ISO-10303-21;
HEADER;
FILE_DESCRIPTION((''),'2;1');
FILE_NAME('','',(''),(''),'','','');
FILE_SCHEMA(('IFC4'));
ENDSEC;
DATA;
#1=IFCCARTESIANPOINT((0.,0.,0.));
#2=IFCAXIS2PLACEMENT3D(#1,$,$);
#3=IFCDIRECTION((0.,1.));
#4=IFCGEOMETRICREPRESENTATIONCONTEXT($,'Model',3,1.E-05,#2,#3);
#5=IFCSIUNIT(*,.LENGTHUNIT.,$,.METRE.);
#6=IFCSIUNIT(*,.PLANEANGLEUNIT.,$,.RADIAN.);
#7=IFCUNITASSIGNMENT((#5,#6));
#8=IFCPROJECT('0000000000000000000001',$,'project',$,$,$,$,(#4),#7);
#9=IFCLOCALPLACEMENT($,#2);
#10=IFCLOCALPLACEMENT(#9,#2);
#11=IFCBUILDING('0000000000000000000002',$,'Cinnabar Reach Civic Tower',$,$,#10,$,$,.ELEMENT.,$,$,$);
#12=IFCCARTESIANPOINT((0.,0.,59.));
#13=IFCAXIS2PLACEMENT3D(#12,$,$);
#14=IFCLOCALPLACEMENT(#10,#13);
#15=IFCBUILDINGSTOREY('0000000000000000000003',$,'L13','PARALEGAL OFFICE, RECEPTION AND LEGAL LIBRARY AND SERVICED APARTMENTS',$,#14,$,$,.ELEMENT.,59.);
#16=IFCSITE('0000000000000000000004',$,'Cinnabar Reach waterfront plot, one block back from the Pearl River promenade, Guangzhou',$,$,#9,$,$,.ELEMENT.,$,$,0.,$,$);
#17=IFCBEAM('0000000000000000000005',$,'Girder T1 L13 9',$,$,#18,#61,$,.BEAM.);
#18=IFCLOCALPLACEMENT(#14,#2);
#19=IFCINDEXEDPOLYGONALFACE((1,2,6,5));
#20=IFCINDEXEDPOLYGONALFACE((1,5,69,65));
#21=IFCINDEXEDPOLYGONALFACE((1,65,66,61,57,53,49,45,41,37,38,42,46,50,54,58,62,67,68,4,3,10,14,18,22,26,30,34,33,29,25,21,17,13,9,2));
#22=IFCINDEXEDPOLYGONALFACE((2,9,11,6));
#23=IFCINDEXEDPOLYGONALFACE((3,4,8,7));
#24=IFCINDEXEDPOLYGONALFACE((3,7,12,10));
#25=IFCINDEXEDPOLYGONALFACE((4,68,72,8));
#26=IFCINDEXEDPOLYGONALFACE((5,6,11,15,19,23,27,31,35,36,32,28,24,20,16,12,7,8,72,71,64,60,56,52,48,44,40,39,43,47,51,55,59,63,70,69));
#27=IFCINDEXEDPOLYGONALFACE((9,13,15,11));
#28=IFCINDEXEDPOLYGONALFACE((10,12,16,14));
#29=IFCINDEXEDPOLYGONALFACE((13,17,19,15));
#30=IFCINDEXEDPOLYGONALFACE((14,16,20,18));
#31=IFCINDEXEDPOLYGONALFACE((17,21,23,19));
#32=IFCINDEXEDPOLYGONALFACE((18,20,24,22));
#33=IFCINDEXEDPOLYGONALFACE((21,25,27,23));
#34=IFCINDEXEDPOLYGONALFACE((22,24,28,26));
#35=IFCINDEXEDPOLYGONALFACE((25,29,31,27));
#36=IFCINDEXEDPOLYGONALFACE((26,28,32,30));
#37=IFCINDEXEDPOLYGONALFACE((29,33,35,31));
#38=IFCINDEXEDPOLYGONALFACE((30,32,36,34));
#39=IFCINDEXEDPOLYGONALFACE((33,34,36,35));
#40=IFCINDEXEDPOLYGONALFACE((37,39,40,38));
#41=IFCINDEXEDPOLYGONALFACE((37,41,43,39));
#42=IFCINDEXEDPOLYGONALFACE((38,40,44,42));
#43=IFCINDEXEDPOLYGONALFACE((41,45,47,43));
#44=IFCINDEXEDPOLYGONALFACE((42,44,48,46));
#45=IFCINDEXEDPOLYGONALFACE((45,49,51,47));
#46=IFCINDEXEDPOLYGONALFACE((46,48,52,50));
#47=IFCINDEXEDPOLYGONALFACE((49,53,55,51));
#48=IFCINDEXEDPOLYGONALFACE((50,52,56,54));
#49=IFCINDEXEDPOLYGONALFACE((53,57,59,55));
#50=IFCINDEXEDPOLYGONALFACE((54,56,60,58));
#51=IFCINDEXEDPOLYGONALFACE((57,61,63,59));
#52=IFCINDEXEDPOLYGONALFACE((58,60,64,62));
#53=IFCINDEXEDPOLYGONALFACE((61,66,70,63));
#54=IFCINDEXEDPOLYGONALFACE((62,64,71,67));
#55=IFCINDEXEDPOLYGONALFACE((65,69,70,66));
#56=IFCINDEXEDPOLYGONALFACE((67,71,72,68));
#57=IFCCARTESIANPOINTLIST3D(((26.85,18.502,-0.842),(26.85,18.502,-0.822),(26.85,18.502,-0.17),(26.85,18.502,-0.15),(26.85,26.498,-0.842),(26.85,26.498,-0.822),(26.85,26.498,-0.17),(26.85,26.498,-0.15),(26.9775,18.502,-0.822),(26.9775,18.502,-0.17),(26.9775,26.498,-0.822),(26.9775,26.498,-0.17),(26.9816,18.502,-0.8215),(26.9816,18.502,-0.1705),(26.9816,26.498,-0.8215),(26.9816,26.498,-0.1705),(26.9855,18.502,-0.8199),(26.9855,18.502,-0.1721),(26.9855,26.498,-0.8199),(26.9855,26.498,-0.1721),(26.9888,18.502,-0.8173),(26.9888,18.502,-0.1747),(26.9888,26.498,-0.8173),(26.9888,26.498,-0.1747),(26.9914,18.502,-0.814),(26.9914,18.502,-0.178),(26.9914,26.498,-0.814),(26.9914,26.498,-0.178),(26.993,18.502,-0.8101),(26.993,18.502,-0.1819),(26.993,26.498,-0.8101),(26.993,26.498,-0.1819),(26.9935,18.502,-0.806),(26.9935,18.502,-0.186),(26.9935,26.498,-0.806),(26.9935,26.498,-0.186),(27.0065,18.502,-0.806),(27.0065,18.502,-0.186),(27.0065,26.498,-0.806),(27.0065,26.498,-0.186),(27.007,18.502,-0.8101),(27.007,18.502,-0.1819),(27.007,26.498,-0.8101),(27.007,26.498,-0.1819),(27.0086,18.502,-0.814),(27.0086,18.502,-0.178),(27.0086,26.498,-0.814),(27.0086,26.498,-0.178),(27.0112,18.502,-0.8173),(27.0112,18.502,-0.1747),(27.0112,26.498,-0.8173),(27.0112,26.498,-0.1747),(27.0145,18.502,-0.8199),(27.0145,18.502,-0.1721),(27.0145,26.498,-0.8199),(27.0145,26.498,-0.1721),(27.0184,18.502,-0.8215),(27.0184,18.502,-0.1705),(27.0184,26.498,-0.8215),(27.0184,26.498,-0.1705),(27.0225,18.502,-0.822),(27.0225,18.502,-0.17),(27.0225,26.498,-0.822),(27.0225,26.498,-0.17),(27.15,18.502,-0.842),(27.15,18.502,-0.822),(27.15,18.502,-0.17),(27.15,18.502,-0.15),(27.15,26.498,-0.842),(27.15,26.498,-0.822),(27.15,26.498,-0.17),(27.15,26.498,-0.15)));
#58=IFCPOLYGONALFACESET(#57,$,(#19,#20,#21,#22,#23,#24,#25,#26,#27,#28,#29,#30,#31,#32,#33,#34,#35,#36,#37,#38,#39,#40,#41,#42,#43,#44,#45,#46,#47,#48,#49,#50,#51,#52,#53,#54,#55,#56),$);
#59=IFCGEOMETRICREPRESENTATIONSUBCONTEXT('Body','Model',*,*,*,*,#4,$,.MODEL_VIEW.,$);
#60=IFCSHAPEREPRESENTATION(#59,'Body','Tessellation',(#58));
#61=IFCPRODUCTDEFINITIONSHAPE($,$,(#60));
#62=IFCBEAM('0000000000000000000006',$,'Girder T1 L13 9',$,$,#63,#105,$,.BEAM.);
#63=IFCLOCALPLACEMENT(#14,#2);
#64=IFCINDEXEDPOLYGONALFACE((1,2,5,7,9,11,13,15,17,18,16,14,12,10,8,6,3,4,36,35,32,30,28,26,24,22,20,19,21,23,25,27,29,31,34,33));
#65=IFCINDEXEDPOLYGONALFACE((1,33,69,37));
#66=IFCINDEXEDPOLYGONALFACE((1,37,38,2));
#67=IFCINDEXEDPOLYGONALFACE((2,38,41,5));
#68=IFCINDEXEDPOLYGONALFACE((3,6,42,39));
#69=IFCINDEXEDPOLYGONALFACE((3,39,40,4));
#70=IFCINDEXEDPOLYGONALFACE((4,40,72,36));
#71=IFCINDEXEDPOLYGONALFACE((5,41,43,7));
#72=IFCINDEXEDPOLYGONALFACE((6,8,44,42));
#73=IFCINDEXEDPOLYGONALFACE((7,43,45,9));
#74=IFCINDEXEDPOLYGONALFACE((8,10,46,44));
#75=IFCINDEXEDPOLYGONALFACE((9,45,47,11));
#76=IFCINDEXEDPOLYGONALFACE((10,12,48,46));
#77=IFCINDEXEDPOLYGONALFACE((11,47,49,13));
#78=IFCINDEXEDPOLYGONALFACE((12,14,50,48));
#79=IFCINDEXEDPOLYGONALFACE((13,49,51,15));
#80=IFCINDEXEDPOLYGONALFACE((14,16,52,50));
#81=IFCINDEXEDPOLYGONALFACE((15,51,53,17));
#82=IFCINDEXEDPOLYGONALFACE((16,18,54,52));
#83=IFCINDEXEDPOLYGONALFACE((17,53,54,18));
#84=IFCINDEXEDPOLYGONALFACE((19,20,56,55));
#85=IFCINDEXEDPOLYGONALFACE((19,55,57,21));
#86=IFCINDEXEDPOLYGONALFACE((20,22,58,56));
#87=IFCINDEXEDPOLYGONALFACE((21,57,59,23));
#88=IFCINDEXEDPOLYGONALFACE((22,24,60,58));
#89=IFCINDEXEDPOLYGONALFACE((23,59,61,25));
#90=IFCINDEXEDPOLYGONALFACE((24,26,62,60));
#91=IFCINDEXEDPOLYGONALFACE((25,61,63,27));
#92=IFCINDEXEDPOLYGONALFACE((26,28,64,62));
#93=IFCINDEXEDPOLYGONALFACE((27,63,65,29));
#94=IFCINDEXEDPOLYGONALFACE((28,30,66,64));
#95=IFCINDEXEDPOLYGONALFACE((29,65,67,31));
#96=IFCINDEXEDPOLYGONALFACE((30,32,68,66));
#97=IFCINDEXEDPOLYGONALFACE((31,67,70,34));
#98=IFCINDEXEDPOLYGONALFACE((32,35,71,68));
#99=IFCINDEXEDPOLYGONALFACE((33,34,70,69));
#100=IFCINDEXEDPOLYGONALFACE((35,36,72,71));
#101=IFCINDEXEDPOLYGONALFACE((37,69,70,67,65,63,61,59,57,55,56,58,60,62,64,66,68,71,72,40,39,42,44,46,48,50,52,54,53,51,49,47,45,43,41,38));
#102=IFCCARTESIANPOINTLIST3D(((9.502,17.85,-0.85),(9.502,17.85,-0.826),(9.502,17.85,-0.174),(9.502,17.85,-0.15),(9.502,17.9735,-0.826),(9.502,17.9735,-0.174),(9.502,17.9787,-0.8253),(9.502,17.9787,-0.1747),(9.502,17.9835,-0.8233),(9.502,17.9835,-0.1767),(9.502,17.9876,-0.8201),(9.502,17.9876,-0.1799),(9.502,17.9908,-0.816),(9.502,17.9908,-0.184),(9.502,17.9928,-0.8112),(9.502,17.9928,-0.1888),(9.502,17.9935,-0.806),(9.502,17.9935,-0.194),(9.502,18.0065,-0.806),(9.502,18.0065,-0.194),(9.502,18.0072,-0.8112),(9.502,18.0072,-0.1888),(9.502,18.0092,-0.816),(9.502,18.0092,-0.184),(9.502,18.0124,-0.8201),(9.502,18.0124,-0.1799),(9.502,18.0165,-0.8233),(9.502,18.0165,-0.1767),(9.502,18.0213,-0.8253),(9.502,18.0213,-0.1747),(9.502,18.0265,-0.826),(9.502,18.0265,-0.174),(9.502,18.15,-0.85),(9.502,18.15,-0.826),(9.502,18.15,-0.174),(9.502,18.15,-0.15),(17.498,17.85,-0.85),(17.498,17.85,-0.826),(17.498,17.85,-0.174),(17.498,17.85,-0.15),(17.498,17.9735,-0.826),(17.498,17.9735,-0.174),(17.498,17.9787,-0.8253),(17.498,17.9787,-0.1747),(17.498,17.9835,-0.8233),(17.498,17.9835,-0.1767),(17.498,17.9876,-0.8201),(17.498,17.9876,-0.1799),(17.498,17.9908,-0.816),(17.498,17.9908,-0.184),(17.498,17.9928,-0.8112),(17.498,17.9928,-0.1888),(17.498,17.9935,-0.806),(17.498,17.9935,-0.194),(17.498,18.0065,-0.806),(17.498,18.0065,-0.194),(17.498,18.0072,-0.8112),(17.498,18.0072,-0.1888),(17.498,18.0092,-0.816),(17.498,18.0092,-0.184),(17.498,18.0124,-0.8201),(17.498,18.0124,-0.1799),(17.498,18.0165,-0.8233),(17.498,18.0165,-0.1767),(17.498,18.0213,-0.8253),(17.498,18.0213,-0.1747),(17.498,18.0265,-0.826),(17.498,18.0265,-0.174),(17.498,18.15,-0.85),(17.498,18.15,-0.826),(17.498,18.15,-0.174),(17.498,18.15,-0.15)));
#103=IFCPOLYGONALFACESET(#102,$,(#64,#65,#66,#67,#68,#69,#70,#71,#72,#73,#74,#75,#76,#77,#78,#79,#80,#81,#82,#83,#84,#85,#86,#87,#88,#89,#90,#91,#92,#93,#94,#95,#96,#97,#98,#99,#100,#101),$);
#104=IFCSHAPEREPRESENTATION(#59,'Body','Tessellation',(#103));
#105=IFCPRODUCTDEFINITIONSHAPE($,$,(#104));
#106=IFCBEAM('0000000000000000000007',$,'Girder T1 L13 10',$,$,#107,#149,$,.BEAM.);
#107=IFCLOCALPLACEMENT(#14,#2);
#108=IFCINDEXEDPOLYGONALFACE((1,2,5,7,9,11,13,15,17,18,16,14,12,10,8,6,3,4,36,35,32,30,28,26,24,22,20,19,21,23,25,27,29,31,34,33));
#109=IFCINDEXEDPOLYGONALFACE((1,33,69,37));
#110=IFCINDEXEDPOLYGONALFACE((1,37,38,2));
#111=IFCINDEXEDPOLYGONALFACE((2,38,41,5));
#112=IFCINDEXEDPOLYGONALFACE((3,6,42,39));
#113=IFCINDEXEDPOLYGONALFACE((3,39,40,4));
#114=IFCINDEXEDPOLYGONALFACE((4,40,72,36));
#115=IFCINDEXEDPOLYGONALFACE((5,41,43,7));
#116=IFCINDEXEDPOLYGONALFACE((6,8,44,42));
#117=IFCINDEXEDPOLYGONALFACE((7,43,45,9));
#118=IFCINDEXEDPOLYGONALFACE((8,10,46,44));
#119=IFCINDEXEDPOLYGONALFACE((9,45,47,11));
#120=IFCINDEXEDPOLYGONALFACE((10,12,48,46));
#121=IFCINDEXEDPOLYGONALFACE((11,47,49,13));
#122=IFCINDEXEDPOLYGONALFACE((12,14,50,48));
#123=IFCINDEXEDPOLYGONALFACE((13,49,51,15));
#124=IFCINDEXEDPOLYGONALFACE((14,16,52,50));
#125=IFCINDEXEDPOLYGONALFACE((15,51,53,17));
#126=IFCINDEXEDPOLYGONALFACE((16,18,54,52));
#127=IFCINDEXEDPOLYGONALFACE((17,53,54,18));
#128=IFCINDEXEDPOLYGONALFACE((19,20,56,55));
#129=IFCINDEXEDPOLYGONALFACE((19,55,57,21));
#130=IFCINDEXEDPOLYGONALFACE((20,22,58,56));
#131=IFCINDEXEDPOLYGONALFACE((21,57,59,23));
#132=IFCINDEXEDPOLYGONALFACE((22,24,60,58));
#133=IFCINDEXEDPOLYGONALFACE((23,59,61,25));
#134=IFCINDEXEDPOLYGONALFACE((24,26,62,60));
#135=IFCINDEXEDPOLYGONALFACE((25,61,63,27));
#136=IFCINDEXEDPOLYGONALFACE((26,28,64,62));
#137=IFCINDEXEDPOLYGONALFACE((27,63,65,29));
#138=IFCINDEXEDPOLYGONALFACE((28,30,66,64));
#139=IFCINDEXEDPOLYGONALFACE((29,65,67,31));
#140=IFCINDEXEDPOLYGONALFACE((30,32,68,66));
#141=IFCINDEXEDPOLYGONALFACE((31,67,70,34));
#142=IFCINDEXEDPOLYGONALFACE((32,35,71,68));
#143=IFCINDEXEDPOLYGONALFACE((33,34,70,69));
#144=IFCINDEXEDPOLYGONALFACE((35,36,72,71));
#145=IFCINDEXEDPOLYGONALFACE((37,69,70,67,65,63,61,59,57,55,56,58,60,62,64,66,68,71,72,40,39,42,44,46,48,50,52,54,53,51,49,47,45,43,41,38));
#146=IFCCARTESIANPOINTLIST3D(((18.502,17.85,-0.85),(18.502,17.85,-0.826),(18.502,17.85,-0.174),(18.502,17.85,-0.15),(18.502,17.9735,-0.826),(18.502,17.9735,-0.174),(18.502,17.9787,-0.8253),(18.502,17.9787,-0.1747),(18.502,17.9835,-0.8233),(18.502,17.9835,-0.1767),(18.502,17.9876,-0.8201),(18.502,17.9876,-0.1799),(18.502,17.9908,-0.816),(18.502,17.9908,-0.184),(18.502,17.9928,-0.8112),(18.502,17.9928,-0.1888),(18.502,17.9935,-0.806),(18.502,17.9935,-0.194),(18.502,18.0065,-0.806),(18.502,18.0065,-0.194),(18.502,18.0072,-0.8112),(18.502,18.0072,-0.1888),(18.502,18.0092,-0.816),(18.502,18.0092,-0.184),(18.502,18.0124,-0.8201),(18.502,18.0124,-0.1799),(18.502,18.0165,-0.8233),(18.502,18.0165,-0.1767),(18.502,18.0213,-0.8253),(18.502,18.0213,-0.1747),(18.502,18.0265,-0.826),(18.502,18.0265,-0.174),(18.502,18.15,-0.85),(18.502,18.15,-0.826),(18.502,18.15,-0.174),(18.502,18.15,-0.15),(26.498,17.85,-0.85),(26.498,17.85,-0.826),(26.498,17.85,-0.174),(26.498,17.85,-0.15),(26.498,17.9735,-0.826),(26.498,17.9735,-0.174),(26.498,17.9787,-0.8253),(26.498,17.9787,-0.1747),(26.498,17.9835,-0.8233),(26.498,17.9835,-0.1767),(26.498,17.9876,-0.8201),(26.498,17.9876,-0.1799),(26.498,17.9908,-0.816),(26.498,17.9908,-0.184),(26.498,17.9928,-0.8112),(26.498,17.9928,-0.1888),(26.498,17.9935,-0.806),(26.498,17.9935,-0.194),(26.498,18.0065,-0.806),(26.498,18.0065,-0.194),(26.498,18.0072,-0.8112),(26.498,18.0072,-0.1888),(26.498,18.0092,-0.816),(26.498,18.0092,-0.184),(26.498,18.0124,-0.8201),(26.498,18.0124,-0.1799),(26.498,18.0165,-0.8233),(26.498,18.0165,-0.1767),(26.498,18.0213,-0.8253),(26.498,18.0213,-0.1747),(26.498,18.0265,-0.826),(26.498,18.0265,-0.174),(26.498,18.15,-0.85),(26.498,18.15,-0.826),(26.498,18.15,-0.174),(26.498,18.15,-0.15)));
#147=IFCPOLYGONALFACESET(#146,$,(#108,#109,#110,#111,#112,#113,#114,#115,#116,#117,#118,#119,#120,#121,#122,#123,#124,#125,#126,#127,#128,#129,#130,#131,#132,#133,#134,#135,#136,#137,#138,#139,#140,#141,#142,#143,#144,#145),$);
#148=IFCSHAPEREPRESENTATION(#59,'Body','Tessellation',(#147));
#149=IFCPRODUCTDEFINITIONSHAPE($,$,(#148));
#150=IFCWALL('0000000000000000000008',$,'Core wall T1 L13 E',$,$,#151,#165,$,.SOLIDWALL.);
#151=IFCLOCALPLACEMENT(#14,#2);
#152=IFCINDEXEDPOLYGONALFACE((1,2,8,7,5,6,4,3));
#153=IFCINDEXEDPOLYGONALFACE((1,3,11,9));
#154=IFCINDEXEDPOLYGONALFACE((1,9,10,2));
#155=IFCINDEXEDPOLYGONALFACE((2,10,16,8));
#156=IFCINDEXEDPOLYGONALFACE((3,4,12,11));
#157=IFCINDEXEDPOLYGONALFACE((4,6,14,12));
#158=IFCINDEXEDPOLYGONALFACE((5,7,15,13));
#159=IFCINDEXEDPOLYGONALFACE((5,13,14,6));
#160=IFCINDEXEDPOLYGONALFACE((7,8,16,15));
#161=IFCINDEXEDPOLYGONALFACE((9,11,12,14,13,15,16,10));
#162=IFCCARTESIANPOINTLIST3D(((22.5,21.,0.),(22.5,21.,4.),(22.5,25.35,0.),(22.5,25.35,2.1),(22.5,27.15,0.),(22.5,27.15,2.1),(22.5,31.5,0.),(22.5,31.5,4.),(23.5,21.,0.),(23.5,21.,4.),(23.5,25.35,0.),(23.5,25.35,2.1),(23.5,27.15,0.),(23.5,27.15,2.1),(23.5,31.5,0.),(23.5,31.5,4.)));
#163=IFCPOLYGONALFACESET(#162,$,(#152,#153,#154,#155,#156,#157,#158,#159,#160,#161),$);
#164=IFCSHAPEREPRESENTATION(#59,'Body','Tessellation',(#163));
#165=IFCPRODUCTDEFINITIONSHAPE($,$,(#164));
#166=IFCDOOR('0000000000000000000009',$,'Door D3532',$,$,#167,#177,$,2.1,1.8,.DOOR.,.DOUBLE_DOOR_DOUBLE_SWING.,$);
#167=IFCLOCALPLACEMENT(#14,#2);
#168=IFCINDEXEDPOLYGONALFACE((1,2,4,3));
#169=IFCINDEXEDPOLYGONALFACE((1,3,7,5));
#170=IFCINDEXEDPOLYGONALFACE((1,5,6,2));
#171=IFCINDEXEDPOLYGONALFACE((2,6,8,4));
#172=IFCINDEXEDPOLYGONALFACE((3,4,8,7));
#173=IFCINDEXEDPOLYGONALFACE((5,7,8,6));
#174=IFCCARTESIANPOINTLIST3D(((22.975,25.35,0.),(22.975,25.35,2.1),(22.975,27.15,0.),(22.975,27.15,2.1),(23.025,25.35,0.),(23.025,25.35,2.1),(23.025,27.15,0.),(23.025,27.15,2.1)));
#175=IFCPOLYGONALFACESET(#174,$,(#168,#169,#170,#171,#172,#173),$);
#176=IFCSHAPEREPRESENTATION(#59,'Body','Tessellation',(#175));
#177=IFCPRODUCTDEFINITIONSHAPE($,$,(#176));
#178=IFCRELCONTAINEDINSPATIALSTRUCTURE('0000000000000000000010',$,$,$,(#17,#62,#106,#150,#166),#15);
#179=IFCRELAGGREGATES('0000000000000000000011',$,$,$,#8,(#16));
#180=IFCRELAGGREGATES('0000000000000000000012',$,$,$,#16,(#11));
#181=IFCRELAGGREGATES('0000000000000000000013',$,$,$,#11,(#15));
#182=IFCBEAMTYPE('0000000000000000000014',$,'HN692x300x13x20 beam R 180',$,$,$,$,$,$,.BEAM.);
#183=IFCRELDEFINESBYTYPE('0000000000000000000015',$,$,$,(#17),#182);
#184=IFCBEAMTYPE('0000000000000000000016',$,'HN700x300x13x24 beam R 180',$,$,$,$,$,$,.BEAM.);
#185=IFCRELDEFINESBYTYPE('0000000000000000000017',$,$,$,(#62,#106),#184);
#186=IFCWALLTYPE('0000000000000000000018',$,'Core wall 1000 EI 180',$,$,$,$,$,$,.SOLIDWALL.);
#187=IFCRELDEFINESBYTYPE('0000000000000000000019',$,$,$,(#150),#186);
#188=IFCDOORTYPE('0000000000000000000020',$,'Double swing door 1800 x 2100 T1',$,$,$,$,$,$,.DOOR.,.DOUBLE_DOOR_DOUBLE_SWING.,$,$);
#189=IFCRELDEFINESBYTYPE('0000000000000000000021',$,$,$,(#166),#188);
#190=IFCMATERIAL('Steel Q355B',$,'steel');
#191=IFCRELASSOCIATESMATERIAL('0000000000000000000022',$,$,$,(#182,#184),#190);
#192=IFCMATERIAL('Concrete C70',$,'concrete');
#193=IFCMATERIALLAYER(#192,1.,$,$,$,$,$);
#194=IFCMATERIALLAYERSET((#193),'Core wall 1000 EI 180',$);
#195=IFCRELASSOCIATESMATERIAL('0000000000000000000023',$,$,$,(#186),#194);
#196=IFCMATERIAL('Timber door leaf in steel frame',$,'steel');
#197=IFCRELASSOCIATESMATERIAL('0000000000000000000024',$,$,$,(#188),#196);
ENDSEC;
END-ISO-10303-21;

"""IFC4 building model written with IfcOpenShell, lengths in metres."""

from ifc_helpers import new_model, si_unit, direction, frame, frame_2d, origin, origin_2d, place, context, subcontext, project, spatial, rectangle, i_section, extrude, material, layer, layer_set, material_profile, profile_set, type_object, element, fill, save


model = new_model("IFC4")

# Units and contexts
model_context = context("Model", 3, precision=1e-05, world=origin(), true_north=direction((0.0, 1.0)))
body_context = subcontext(model_context, "Body", "Model", "MODEL_VIEW")
ifc_project = project(units=[si_unit("LENGTHUNIT", "METRE"), si_unit("PLANEANGLEUNIT", "RADIAN")], contexts=[model_context])

# Site, building, storey
site_placement = place(None, origin())
site = spatial("IfcSite", under=ifc_project, at=site_placement, Name="Cinnabar Reach waterfront plot, one block back from the Pearl River promenade, Guangzhou", CompositionType="ELEMENT", RefElevation=0.0)
building_placement = place(site_placement, origin())
building = spatial("IfcBuilding", under=site, at=building_placement, Name="Cinnabar Reach Civic Tower", CompositionType="ELEMENT")
storey_placement = place(building_placement, frame((0.0, 0.0, 59.0)))
storey = spatial("IfcBuildingStorey", under=building, at=storey_placement, Name="L13", Description="PARALEGAL OFFICE, RECEPTION AND LEGAL LIBRARY AND SERVICED APARTMENTS", CompositionType="ELEMENT", Elevation=59.0)

# Shared definitions
ifc_material_1 = material(Name="Concrete C70", Category="concrete")

# Beams
ifc_material_2 = material(Name="Steel Q355B", Category="steel")
ifc_material_profile_1 = material_profile(ifc_material_2, i_section(OverallWidth=0.3, OverallDepth=0.692, WebThickness=0.013, FlangeThickness=0.02, FilletRadius=0.016, at=origin_2d()), Name="HN692x300x13x20")
ifc_profile_set_1 = profile_set([ifc_material_profile_1], Name="Steel Q355B")
beam_type_1 = type_object("IfcBeamType", Name="HN692x300x13x20 beam R 180", PredefinedType="BEAM", material=ifc_profile_set_1)
beam_1_placement = place(storey_placement, frame((27.0, 18.502, -0.496), z_axis=(0.0, 1.0, 0.0), x_axis=(-1.0, 0.0, 0.0)))
element("IfcBeam", 1, at=beam_1_placement, inside=storey, type_object=beam_type_1, Name="Girder T1 L13 9", PredefinedType="BEAM", context=body_context, shape_type="SweptSolid", body=[
    extrude(i_section(OverallWidth=0.3, OverallDepth=0.692, WebThickness=0.013, FlangeThickness=0.02, FilletRadius=0.016, at=origin_2d()), origin(), (0.0, 0.0, 1.0), 7.996),
])
ifc_material_profile_2 = material_profile(ifc_material_2, i_section(OverallWidth=0.3, OverallDepth=0.7, WebThickness=0.013, FlangeThickness=0.024, FilletRadius=0.02, at=origin_2d()), Name="HN700x300x13x24")
ifc_profile_set_2 = profile_set([ifc_material_profile_2], Name="Steel Q355B")
beam_type_2 = type_object("IfcBeamType", Name="HN700x300x13x24 beam R 180", PredefinedType="BEAM", material=ifc_profile_set_2)
for number, where, z_axis, x_axis, name in (
    (2, (9.502, 18.0, -0.5), (1.0, 0.0, 0.0), (0.0, 1.0, 0.0), "Girder T1 L13 9"),
    (3, (18.502, 18.0, -0.5), (1.0, 0.0, 0.0), (0.0, 1.0, 0.0), "Girder T1 L13 10"),
):
    element("IfcBeam", number, at=place(storey_placement, frame(where, z_axis=z_axis, x_axis=x_axis)), inside=storey, type_object=beam_type_2, Name=name, PredefinedType="BEAM", context=body_context, shape_type="SweptSolid", body=[
        extrude(i_section(OverallWidth=0.3, OverallDepth=0.7, WebThickness=0.013, FlangeThickness=0.024, FilletRadius=0.02, at=origin_2d()), origin(), (0.0, 0.0, 1.0), 7.996),
    ])

# Wall, opening, door
ifc_layer_1 = layer(ifc_material_1, 1.0)
ifc_layer_set_1 = layer_set([ifc_layer_1], Name="Core wall 1000 EI 180")
wall_type_1 = type_object("IfcWallType", Name="Core wall 1000 EI 180", PredefinedType="SOLIDWALL", material=ifc_layer_set_1)
wall_1_placement = place(storey_placement, frame((23.0, 21.0, 0.0), z_axis=(0.0, 0.0, 1.0), x_axis=(0.0, 1.0, 0.0)))
wall_1 = element("IfcWall", 4, at=wall_1_placement, inside=storey, type_object=wall_type_1, Name="Core wall T1 L13 E", PredefinedType="SOLIDWALL", context=body_context, shape_type="SweptSolid", body=[
    extrude(rectangle(XDim=10.5, YDim=1.0, at=frame_2d((5.25, 0.0))), origin(), (0.0, 0.0, 1.0), 4.0),
])
opening_1_placement = place(wall_1_placement, frame((4.35, 0.0, 0.0)))
opening_1 = element("IfcOpeningElement", 5, at=opening_1_placement, cuts=wall_1, PredefinedType="OPENING", context=body_context, shape_type="SweptSolid", body=[
    extrude(rectangle(XDim=1.8, YDim=2.1, at=frame_2d((0.9, 1.05))), frame((0.0, 0.51, 0.0), z_axis=(0.0, -1.0, 0.0), x_axis=(1.0, 0.0, 0.0)), (0.0, 0.0, 1.0), 1.02),
])
ifc_material_3 = material(Name="Timber door leaf in steel frame", Category="steel")
door_type_1 = type_object("IfcDoorType", Name="Double swing door 1800 x 2100 T1", OperationType="DOUBLE_DOOR_DOUBLE_SWING", PredefinedType="DOOR", material=ifc_material_3)
door_1_placement = place(opening_1_placement, origin())
door_1 = element("IfcDoor", 6, at=door_1_placement, inside=storey, type_object=door_type_1, Name="Door D3532", OperationType="DOUBLE_DOOR_DOUBLE_SWING", OverallHeight=2.1, OverallWidth=1.8, PredefinedType="DOOR", context=body_context, shape_type="SweptSolid", body=[
    extrude(rectangle(XDim=1.8, YDim=2.1, at=frame_2d((0.9, 1.05))), frame((0.0, 0.025, 0.0), z_axis=(0.0, -1.0, 0.0), x_axis=(1.0, 0.0, 0.0)), (0.0, 0.0, 1.0), 0.05),
])
fill(opening_1, door_1)

save(model, "model.ifc")
